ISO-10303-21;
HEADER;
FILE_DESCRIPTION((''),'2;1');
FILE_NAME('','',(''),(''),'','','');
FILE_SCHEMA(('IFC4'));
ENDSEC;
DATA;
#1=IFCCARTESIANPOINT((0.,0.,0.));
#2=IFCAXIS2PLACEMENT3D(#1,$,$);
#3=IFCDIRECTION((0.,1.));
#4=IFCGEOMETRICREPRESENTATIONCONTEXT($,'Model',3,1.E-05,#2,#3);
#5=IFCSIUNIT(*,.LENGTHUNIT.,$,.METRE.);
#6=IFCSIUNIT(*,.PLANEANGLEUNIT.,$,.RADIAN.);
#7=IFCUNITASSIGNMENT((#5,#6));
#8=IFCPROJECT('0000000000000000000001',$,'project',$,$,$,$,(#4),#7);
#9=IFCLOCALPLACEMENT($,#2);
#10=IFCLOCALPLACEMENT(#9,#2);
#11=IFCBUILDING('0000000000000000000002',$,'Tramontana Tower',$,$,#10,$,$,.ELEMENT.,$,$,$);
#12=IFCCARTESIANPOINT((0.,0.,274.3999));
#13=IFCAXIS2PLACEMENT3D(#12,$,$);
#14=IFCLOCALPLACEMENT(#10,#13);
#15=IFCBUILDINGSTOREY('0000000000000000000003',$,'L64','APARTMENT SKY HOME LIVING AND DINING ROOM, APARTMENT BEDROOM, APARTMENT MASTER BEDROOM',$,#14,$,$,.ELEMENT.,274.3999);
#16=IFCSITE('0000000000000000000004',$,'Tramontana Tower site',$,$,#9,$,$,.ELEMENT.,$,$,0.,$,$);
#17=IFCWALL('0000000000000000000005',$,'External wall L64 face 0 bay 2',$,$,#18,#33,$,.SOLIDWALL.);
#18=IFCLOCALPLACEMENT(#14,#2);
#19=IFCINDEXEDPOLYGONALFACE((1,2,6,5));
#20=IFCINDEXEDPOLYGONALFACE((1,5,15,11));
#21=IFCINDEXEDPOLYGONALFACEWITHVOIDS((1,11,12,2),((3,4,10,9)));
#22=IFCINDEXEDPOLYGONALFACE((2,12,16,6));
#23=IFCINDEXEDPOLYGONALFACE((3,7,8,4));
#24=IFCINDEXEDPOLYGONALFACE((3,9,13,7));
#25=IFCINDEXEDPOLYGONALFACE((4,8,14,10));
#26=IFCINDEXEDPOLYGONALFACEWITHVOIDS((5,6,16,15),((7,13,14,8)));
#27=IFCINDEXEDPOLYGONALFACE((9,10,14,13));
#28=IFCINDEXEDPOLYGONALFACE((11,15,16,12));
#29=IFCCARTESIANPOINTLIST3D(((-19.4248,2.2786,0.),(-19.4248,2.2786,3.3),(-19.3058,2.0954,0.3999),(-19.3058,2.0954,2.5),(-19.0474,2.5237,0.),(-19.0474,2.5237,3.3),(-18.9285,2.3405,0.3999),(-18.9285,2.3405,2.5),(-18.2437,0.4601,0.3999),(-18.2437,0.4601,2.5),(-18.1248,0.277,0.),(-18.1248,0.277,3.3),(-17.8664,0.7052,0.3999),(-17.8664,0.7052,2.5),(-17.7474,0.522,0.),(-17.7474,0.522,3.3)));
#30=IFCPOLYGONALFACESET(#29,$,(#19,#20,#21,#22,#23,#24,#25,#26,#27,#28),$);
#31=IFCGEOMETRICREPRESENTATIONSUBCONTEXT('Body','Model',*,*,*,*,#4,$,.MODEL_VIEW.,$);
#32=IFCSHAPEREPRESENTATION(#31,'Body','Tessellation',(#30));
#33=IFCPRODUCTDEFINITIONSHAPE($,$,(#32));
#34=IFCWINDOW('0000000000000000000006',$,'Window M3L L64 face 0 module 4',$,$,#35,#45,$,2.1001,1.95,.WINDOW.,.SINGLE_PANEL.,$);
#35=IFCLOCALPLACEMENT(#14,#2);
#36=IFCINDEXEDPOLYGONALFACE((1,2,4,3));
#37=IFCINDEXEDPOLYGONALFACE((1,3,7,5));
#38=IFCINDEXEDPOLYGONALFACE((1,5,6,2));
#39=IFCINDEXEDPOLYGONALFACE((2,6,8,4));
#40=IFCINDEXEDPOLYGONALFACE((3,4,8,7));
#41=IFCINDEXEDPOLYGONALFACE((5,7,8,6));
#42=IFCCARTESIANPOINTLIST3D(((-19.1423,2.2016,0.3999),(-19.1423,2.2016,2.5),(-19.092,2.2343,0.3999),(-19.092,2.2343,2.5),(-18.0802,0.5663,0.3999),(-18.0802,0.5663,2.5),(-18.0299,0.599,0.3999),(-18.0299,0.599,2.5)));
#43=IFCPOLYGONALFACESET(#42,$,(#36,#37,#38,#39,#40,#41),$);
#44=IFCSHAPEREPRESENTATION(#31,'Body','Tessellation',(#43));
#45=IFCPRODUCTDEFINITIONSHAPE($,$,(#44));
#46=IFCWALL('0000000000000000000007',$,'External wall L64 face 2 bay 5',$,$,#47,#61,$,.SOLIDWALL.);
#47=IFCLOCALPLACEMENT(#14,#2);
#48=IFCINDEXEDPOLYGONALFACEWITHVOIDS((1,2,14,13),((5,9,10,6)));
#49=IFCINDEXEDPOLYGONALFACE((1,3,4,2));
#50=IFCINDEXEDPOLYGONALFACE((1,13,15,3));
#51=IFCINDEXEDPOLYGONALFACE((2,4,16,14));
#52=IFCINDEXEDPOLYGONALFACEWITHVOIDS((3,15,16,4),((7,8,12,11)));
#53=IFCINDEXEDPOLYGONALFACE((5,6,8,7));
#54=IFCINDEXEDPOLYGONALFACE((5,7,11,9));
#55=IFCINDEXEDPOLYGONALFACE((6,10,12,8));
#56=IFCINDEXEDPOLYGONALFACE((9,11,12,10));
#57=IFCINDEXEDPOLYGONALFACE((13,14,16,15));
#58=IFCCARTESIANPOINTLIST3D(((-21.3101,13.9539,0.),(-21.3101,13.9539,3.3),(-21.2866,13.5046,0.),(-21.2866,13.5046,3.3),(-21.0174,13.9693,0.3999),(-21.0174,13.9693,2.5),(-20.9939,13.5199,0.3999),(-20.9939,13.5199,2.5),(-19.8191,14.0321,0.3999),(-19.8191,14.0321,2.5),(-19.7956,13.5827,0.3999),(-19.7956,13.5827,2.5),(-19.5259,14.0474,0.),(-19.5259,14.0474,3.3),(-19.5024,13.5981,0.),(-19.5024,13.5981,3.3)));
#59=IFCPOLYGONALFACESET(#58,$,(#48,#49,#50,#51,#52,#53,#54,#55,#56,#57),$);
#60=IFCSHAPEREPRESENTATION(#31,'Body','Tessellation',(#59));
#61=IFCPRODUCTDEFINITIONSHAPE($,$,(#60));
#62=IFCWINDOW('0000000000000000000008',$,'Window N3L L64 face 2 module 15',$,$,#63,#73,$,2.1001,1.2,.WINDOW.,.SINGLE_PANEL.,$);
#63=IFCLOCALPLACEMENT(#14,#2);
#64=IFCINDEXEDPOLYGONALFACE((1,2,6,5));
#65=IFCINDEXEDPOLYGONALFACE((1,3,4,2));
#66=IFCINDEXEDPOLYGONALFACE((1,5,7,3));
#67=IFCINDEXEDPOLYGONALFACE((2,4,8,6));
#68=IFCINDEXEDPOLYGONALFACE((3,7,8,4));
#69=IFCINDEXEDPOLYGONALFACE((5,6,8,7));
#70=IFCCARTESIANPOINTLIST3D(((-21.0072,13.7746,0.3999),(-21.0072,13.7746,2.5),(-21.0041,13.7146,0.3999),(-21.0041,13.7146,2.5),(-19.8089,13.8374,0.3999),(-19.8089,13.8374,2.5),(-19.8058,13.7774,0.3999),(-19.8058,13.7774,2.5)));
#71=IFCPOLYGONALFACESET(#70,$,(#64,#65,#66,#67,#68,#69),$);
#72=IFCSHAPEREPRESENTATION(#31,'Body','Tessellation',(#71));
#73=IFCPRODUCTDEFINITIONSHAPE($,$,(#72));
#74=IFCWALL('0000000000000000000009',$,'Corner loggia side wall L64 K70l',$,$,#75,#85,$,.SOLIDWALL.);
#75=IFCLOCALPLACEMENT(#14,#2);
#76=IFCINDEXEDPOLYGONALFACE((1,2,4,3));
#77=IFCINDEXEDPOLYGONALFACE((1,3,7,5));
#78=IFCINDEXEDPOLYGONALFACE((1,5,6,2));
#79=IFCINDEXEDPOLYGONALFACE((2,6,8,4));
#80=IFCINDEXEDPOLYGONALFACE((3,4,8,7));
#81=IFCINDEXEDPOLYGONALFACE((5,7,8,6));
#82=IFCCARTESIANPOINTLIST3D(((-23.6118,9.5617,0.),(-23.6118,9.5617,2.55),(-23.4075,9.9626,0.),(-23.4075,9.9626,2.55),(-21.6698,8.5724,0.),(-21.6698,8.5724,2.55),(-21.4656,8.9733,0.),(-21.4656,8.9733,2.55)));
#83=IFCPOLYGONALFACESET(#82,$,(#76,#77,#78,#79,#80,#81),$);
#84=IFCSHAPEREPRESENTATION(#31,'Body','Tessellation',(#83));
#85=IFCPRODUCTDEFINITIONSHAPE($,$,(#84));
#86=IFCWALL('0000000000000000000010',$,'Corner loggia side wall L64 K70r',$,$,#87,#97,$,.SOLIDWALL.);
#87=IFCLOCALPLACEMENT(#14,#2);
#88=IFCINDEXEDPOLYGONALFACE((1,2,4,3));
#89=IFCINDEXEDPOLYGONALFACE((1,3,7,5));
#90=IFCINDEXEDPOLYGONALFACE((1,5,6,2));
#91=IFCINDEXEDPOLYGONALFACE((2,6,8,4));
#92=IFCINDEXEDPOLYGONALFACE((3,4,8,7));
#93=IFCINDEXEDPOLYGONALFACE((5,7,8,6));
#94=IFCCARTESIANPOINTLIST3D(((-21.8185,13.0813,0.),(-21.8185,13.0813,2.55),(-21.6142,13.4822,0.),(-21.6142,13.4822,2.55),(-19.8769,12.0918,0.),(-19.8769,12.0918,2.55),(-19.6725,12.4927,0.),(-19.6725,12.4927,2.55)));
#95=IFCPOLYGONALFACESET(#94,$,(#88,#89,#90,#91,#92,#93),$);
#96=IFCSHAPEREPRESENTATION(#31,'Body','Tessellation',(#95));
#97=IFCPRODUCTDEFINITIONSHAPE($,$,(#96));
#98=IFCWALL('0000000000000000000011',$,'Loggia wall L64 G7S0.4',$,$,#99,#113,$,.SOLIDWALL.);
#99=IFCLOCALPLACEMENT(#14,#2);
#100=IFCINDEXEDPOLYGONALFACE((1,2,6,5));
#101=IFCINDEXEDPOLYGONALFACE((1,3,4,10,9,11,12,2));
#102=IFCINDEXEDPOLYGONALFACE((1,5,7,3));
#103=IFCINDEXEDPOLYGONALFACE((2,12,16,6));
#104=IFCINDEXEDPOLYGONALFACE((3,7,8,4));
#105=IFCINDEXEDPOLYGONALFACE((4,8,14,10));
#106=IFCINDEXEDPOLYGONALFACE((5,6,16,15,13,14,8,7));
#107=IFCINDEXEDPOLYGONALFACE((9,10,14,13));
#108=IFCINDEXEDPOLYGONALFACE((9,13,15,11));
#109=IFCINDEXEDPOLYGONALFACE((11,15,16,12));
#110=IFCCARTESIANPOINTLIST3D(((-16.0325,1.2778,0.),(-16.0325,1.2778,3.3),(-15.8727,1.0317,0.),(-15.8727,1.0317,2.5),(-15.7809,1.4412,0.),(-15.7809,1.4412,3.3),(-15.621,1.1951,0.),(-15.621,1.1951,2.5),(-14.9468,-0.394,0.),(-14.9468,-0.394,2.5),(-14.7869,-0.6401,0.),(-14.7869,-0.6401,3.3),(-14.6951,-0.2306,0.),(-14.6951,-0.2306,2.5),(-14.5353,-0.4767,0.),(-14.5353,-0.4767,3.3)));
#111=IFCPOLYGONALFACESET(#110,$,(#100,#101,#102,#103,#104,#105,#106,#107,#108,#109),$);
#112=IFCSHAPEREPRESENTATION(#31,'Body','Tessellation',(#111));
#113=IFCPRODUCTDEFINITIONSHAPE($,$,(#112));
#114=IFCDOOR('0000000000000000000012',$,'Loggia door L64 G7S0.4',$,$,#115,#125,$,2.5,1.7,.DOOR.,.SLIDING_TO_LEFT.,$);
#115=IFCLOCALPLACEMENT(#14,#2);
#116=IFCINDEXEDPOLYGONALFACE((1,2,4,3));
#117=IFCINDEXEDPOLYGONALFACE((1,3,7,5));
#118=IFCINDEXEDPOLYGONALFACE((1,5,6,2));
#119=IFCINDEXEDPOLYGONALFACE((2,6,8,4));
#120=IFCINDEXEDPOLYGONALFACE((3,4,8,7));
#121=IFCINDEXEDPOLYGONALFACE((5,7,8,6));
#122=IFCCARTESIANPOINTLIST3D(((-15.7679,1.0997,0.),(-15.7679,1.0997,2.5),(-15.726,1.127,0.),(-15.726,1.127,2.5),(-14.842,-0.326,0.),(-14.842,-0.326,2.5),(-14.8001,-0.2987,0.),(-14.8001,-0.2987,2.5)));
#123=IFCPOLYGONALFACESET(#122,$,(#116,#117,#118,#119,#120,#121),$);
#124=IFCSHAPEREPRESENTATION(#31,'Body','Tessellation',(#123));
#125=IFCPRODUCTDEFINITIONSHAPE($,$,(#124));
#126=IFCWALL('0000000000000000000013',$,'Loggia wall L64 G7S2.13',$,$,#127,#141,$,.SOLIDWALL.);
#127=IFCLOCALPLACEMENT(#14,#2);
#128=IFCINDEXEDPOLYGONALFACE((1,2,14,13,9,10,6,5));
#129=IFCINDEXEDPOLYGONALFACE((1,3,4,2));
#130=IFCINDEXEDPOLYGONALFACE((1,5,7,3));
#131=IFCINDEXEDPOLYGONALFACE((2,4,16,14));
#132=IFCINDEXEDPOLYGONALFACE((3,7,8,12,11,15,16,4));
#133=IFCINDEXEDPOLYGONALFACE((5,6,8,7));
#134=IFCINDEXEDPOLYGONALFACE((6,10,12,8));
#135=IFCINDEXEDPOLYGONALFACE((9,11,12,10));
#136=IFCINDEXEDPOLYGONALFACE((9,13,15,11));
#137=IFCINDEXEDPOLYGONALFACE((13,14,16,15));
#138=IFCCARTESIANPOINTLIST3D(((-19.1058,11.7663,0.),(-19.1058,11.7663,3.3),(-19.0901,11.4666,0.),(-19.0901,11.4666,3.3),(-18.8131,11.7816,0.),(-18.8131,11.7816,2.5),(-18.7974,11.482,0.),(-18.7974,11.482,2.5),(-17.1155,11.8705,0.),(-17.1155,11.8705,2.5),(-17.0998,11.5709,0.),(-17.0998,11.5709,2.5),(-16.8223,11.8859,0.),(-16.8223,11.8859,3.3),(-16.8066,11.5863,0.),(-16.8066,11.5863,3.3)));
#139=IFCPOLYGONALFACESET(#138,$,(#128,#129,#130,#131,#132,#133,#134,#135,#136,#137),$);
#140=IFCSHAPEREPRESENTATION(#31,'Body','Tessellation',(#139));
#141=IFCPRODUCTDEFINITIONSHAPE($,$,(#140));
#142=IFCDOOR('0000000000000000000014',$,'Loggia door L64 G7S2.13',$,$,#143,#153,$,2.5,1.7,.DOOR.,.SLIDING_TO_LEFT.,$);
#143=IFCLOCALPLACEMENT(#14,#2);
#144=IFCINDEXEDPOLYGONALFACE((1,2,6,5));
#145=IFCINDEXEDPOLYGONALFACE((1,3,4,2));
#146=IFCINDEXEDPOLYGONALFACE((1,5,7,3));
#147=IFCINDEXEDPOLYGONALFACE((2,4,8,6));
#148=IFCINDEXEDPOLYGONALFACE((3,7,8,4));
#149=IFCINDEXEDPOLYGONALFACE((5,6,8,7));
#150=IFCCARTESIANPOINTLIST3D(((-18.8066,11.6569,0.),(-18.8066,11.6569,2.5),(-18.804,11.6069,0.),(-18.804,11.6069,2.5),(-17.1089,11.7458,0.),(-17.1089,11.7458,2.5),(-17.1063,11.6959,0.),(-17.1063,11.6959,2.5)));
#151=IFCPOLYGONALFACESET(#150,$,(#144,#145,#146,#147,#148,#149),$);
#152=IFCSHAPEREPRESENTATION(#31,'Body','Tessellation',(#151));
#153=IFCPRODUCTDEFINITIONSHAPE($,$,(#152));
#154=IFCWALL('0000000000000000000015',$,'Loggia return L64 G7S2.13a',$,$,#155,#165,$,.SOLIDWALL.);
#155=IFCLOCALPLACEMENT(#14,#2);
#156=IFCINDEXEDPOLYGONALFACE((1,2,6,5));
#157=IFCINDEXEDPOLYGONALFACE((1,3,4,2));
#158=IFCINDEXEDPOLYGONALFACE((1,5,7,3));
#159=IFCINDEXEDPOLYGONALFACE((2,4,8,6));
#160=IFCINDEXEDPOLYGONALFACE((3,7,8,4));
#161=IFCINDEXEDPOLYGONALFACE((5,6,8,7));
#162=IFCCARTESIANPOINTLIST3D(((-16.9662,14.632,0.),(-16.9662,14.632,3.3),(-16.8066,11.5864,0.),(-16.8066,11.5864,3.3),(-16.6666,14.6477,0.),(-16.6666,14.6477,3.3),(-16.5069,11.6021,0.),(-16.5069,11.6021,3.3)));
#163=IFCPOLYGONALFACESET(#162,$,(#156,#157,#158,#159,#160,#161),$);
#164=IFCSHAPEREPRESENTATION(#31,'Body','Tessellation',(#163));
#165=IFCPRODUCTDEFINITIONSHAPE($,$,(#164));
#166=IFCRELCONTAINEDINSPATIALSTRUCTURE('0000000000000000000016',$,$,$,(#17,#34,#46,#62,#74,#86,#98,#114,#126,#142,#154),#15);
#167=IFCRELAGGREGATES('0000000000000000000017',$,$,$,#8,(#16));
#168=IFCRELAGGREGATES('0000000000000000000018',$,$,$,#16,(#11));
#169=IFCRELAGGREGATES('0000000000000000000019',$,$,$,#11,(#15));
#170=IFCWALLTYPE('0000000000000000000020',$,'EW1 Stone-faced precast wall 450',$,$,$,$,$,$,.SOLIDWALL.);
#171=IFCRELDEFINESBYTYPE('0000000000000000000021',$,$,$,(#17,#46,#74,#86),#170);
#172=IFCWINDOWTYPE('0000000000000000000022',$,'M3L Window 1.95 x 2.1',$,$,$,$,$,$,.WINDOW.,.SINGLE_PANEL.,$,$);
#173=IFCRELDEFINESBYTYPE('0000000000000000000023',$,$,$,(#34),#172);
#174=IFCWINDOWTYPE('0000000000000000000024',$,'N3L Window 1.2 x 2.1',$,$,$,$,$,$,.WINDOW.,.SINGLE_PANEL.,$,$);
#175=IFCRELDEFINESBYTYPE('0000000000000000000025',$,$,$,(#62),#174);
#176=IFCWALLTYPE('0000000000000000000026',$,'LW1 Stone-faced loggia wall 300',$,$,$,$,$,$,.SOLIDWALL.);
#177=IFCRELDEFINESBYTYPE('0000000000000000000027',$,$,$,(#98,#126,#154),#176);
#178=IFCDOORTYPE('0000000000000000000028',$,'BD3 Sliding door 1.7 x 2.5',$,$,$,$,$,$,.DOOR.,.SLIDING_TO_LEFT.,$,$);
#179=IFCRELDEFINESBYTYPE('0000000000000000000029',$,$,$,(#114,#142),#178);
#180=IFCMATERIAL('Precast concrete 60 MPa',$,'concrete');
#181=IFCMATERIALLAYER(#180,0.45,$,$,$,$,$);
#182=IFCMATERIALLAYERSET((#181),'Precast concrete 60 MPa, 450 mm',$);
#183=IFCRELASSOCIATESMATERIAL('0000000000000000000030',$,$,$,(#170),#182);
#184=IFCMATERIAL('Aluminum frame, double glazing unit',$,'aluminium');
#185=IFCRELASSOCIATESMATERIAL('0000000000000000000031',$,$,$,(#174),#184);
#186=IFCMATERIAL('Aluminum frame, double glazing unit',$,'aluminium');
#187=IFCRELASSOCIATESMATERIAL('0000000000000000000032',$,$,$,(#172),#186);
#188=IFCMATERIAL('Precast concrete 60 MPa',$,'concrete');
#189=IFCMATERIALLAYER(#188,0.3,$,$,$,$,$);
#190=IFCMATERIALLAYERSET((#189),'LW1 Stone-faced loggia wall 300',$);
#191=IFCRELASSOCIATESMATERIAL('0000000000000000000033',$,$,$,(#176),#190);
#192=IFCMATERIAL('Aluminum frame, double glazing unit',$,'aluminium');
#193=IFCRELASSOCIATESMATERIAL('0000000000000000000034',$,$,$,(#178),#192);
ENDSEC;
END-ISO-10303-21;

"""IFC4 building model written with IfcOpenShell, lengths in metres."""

from ifc_helpers import new_model, si_unit, direction, frame, frame_2d, origin, place, context, subcontext, project, spatial, rectangle, extrude, material, layer, layer_set, type_object, element, fill, save


model = new_model("IFC4")

# Units and contexts
model_context = context("Model", 3, precision=1e-05, world=origin(), true_north=direction((0.0, 1.0)))
body_context = subcontext(model_context, "Body", "Model", "MODEL_VIEW")
ifc_project = project(units=[si_unit("LENGTHUNIT", "METRE"), si_unit("PLANEANGLEUNIT", "RADIAN")], contexts=[model_context])

# Site, building, storey
site_placement = place(None, origin())
site = spatial("IfcSite", under=ifc_project, at=site_placement, Name="Tramontana Tower site", CompositionType="ELEMENT", RefElevation=0.0)
building_placement = place(site_placement, origin())
building = spatial("IfcBuilding", under=site, at=building_placement, Name="Tramontana Tower", CompositionType="ELEMENT")
storey_placement = place(building_placement, frame((0.0, 0.0, 274.3999)))
storey = spatial("IfcBuildingStorey", under=building, at=storey_placement, Name="L64", Description="APARTMENT SKY HOME LIVING AND DINING ROOM, APARTMENT BEDROOM, APARTMENT MASTER BEDROOM", CompositionType="ELEMENT", Elevation=274.3999)

# Shared definitions
ifc_material_1 = material(Name="Precast concrete 60 MPa", Category="concrete")
ifc_layer_1 = layer(ifc_material_1, 0.45)
ifc_layer_set_1 = layer_set([ifc_layer_1], Name="Precast concrete 60 MPa, 450 mm")
wall_type_1 = type_object("IfcWallType", Name="EW1 Stone-faced precast wall 450", PredefinedType="SOLIDWALL", material=ifc_layer_set_1)
ifc_material_2 = material(Name="Aluminum frame, double glazing unit", Category="aluminium")
window_type_1 = type_object("IfcWindowType", Name="N3L Window 1.2 x 2.1", PartitioningType="SINGLE_PANEL", PredefinedType="WINDOW", material=ifc_material_2)

# Walls, openings, windows
wall_1_placement = place(storey_placement, frame((-19.2361, 2.4011, 0.0), z_axis=(0.0, 0.0, 1.0), x_axis=(0.544676, -0.838647, 0.0)))
wall_1 = element("IfcWall", 1, at=wall_1_placement, inside=storey, type_object=wall_type_1, Name="External wall L64 face 0 bay 2", PredefinedType="SOLIDWALL", context=body_context, shape_type="SweptSolid", body=[
    extrude(rectangle(XDim=2.3867, YDim=0.45, at=frame_2d((1.1934, 0.0))), origin(), (0.0, 0.0, 1.0), 3.3),
])
opening_1_placement = place(wall_1_placement, frame((0.2183, 0.0, 0.3999)))
opening_1 = element("IfcOpeningElement", 2, at=opening_1_placement, cuts=wall_1, PredefinedType="OPENING", context=body_context, shape_type="SweptSolid", body=[
    extrude(rectangle(XDim=1.95, YDim=2.1001, at=frame_2d((0.9751, 1.05))), frame((0.0, 0.2349, 0.0), z_axis=(0.0, -1.0, 0.0), x_axis=(1.0, 0.0, 0.0)), (0.0, 0.0, 1.0), 0.47),
])
ifc_material_3 = material(Name="Aluminum frame, double glazing unit", Category="aluminium")
window_type_2 = type_object("IfcWindowType", Name="M3L Window 1.95 x 2.1", PartitioningType="SINGLE_PANEL", PredefinedType="WINDOW", material=ifc_material_3)
window_1_placement = place(opening_1_placement, origin())
window_1 = element("IfcWindow", 3, at=window_1_placement, inside=storey, type_object=window_type_2, Name="Window M3L L64 face 0 module 4", OverallHeight=2.1001, OverallWidth=1.95, PartitioningType="SINGLE_PANEL", PredefinedType="WINDOW", context=body_context, shape_type="SweptSolid", body=[
    extrude(rectangle(XDim=1.95, YDim=2.1001, at=frame_2d((0.9751, 1.05))), frame((0.0, 0.03, 0.0), z_axis=(0.0, -1.0, 0.0), x_axis=(1.0, 0.0, 0.0)), (0.0, 0.0, 1.0), 0.0601),
])
fill(opening_1, window_1)
wall_2_placement = place(storey_placement, frame((-19.5142, 13.8228, 0.0), z_axis=(0.0, 0.0, 1.0), x_axis=(-0.99863, -0.052336, 0.0)))
wall_2 = element("IfcWall", 4, at=wall_2_placement, inside=storey, type_object=wall_type_1, Name="External wall L64 face 2 bay 5", PredefinedType="SOLIDWALL", context=body_context, shape_type="SweptSolid", body=[
    extrude(rectangle(XDim=1.7866, YDim=0.45, at=frame_2d((0.8933, 0.0))), origin(), (0.0, 0.0, 1.0), 3.3),
])
opening_2_placement = place(wall_2_placement, frame((0.2935, 0.0, 0.3999)))
opening_2 = element("IfcOpeningElement", 5, at=opening_2_placement, cuts=wall_2, PredefinedType="OPENING", context=body_context, shape_type="SweptSolid", body=[
    extrude(rectangle(XDim=1.2, YDim=2.1001, at=frame_2d((0.6001, 1.05))), frame((0.0, 0.2349, 0.0), z_axis=(0.0, -1.0, 0.0), x_axis=(1.0, 0.0, 0.0)), (0.0, 0.0, 1.0), 0.47),
])
window_2_placement = place(opening_2_placement, origin())
window_2 = element("IfcWindow", 6, at=window_2_placement, inside=storey, type_object=window_type_1, Name="Window N3L L64 face 2 module 15", OverallHeight=2.1001, OverallWidth=1.2, PartitioningType="SINGLE_PANEL", PredefinedType="WINDOW", context=body_context, shape_type="SweptSolid", body=[
    extrude(rectangle(XDim=1.2, YDim=2.1001, at=frame_2d((0.6001, 1.05))), frame((0.0, 0.03, 0.0), z_axis=(0.0, -1.0, 0.0), x_axis=(1.0, 0.0, 0.0)), (0.0, 0.0, 1.0), 0.0601),
])
fill(opening_2, window_2)

# Walls
wall_3_placement = place(storey_placement, frame((-23.5098, 9.7622, 0.0), z_axis=(0.0, 0.0, 1.0), x_axis=(0.891041, -0.453922, 0.0)))
element("IfcWall", 7, at=wall_3_placement, inside=storey, type_object=wall_type_1, Name="Corner loggia side wall L64 K70l", PredefinedType="SOLIDWALL", context=body_context, shape_type="SweptSolid", body=[
    extrude(rectangle(XDim=2.1794, YDim=0.45, at=frame_2d((1.0898, 0.0))), origin(), (0.0, 0.0, 1.0), 2.55),
])
wall_4_placement = place(storey_placement, frame((-21.7163, 13.2817, 0.0), z_axis=(0.0, 0.0, 1.0), x_axis=(0.890973, -0.454057, 0.0)))
element("IfcWall", 8, at=wall_4_placement, inside=storey, type_object=wall_type_1, Name="Corner loggia side wall L64 K70r", PredefinedType="SOLIDWALL", context=body_context, shape_type="SweptSolid", body=[
    extrude(rectangle(XDim=2.1792, YDim=0.45, at=frame_2d((1.0896, 0.0))), origin(), (0.0, 0.0, 1.0), 2.55),
])

# Walls, openings, doors
ifc_material_4 = material(Name="Precast concrete 60 MPa", Category="concrete")
ifc_layer_2 = layer(ifc_material_4, 0.3)
ifc_layer_set_2 = layer_set([ifc_layer_2], Name="LW1 Stone-faced loggia wall 300")
wall_type_2 = type_object("IfcWallType", Name="LW1 Stone-faced loggia wall 300", PredefinedType="SOLIDWALL", material=ifc_layer_set_2)
wall_5_placement = place(storey_placement, frame((-15.9067, 1.3596, 0.0), z_axis=(0.0, 0.0, 1.0), x_axis=(0.544658, -0.838658, 0.0)))
wall_5 = element("IfcWall", 9, at=wall_5_placement, inside=storey, type_object=wall_type_2, Name="Loggia wall L64 G7S0.4", PredefinedType="SOLIDWALL", context=body_context, shape_type="SweptSolid", body=[
    extrude(rectangle(XDim=2.2869, YDim=0.3, at=frame_2d((1.1436, 0.0))), origin(), (0.0, 0.0, 1.0), 3.3),
])
opening_3_placement = place(wall_5_placement, frame((0.2935, 0.0, 0.0)))
opening_3 = element("IfcOpeningElement", 10, at=opening_3_placement, cuts=wall_5, PredefinedType="OPENING", context=body_context, shape_type="SweptSolid", body=[
    extrude(rectangle(XDim=1.7, YDim=2.5, at=frame_2d((0.8501, 1.25))), frame((0.0, 0.1599, 0.0), z_axis=(0.0, -1.0, 0.0), x_axis=(1.0, 0.0, 0.0)), (0.0, 0.0, 1.0), 0.3201),
])
ifc_material_5 = material(Name="Aluminum frame, double glazing unit", Category="aluminium")
door_type_1 = type_object("IfcDoorType", Name="BD3 Sliding door 1.7 x 2.5", OperationType="SLIDING_TO_LEFT", PredefinedType="DOOR", material=ifc_material_5)
door_1_placement = place(opening_3_placement, origin())
door_1 = element("IfcDoor", 11, at=door_1_placement, inside=storey, type_object=door_type_1, Name="Loggia door L64 G7S0.4", OperationType="SLIDING_TO_LEFT", OverallHeight=2.5, OverallWidth=1.7, PredefinedType="DOOR", context=body_context, shape_type="SweptSolid", body=[
    extrude(rectangle(XDim=1.7, YDim=2.5, at=frame_2d((0.8501, 1.25))), frame((0.0, 0.0249, 0.0), z_axis=(0.0, -1.0, 0.0), x_axis=(1.0, 0.0, 0.0)), (0.0, 0.0, 1.0), 0.05),
])
fill(opening_3, door_1)
wall_6_placement = place(storey_placement, frame((-16.8145, 11.7361, 0.0), z_axis=(0.0, 0.0, 1.0), x_axis=(-0.99863, -0.052318, 0.0)))
wall_6 = element("IfcWall", 12, at=wall_6_placement, inside=storey, type_object=wall_type_2, Name="Loggia wall L64 G7S2.13", PredefinedType="SOLIDWALL", context=body_context, shape_type="SweptSolid", body=[
    extrude(rectangle(XDim=2.2866, YDim=0.3, at=frame_2d((1.1433, 0.0))), origin(), (0.0, 0.0, 1.0), 3.3),
])
opening_4_placement = place(wall_6_placement, frame((0.2935, 0.0, 0.0)))
opening_4 = element("IfcOpeningElement", 13, at=opening_4_placement, cuts=wall_6, PredefinedType="OPENING", context=body_context, shape_type="SweptSolid", body=[
    extrude(rectangle(XDim=1.7, YDim=2.5, at=frame_2d((0.8501, 1.25))), frame((0.0, 0.1599, 0.0), z_axis=(0.0, -1.0, 0.0), x_axis=(1.0, 0.0, 0.0)), (0.0, 0.0, 1.0), 0.3201),
])
door_2_placement = place(opening_4_placement, origin())
door_2 = element("IfcDoor", 14, at=door_2_placement, inside=storey, type_object=door_type_1, Name="Loggia door L64 G7S2.13", OperationType="SLIDING_TO_LEFT", OverallHeight=2.5, OverallWidth=1.7, PredefinedType="DOOR", context=body_context, shape_type="SweptSolid", body=[
    extrude(rectangle(XDim=1.7, YDim=2.5, at=frame_2d((0.8501, 1.25))), frame((0.0, 0.0249, 0.0), z_axis=(0.0, -1.0, 0.0), x_axis=(1.0, 0.0, 0.0)), (0.0, 0.0, 1.0), 0.05),
])
fill(opening_4, door_2)

# Wall
wall_7_placement = place(storey_placement, frame((-16.8164, 14.6399, 0.0), z_axis=(0.0, 0.0, 1.0), x_axis=(0.052353, -0.998629, 0.0)))
element("IfcWall", 15, at=wall_7_placement, inside=storey, type_object=wall_type_2, Name="Loggia return L64 G7S2.13a", PredefinedType="SOLIDWALL", context=body_context, shape_type="SweptSolid", body=[
    extrude(rectangle(XDim=3.0498, YDim=0.3, at=frame_2d((1.5249, 0.0))), origin(), (0.0, 0.0, 1.0), 3.3),
])

save(model, "model.ifc")
